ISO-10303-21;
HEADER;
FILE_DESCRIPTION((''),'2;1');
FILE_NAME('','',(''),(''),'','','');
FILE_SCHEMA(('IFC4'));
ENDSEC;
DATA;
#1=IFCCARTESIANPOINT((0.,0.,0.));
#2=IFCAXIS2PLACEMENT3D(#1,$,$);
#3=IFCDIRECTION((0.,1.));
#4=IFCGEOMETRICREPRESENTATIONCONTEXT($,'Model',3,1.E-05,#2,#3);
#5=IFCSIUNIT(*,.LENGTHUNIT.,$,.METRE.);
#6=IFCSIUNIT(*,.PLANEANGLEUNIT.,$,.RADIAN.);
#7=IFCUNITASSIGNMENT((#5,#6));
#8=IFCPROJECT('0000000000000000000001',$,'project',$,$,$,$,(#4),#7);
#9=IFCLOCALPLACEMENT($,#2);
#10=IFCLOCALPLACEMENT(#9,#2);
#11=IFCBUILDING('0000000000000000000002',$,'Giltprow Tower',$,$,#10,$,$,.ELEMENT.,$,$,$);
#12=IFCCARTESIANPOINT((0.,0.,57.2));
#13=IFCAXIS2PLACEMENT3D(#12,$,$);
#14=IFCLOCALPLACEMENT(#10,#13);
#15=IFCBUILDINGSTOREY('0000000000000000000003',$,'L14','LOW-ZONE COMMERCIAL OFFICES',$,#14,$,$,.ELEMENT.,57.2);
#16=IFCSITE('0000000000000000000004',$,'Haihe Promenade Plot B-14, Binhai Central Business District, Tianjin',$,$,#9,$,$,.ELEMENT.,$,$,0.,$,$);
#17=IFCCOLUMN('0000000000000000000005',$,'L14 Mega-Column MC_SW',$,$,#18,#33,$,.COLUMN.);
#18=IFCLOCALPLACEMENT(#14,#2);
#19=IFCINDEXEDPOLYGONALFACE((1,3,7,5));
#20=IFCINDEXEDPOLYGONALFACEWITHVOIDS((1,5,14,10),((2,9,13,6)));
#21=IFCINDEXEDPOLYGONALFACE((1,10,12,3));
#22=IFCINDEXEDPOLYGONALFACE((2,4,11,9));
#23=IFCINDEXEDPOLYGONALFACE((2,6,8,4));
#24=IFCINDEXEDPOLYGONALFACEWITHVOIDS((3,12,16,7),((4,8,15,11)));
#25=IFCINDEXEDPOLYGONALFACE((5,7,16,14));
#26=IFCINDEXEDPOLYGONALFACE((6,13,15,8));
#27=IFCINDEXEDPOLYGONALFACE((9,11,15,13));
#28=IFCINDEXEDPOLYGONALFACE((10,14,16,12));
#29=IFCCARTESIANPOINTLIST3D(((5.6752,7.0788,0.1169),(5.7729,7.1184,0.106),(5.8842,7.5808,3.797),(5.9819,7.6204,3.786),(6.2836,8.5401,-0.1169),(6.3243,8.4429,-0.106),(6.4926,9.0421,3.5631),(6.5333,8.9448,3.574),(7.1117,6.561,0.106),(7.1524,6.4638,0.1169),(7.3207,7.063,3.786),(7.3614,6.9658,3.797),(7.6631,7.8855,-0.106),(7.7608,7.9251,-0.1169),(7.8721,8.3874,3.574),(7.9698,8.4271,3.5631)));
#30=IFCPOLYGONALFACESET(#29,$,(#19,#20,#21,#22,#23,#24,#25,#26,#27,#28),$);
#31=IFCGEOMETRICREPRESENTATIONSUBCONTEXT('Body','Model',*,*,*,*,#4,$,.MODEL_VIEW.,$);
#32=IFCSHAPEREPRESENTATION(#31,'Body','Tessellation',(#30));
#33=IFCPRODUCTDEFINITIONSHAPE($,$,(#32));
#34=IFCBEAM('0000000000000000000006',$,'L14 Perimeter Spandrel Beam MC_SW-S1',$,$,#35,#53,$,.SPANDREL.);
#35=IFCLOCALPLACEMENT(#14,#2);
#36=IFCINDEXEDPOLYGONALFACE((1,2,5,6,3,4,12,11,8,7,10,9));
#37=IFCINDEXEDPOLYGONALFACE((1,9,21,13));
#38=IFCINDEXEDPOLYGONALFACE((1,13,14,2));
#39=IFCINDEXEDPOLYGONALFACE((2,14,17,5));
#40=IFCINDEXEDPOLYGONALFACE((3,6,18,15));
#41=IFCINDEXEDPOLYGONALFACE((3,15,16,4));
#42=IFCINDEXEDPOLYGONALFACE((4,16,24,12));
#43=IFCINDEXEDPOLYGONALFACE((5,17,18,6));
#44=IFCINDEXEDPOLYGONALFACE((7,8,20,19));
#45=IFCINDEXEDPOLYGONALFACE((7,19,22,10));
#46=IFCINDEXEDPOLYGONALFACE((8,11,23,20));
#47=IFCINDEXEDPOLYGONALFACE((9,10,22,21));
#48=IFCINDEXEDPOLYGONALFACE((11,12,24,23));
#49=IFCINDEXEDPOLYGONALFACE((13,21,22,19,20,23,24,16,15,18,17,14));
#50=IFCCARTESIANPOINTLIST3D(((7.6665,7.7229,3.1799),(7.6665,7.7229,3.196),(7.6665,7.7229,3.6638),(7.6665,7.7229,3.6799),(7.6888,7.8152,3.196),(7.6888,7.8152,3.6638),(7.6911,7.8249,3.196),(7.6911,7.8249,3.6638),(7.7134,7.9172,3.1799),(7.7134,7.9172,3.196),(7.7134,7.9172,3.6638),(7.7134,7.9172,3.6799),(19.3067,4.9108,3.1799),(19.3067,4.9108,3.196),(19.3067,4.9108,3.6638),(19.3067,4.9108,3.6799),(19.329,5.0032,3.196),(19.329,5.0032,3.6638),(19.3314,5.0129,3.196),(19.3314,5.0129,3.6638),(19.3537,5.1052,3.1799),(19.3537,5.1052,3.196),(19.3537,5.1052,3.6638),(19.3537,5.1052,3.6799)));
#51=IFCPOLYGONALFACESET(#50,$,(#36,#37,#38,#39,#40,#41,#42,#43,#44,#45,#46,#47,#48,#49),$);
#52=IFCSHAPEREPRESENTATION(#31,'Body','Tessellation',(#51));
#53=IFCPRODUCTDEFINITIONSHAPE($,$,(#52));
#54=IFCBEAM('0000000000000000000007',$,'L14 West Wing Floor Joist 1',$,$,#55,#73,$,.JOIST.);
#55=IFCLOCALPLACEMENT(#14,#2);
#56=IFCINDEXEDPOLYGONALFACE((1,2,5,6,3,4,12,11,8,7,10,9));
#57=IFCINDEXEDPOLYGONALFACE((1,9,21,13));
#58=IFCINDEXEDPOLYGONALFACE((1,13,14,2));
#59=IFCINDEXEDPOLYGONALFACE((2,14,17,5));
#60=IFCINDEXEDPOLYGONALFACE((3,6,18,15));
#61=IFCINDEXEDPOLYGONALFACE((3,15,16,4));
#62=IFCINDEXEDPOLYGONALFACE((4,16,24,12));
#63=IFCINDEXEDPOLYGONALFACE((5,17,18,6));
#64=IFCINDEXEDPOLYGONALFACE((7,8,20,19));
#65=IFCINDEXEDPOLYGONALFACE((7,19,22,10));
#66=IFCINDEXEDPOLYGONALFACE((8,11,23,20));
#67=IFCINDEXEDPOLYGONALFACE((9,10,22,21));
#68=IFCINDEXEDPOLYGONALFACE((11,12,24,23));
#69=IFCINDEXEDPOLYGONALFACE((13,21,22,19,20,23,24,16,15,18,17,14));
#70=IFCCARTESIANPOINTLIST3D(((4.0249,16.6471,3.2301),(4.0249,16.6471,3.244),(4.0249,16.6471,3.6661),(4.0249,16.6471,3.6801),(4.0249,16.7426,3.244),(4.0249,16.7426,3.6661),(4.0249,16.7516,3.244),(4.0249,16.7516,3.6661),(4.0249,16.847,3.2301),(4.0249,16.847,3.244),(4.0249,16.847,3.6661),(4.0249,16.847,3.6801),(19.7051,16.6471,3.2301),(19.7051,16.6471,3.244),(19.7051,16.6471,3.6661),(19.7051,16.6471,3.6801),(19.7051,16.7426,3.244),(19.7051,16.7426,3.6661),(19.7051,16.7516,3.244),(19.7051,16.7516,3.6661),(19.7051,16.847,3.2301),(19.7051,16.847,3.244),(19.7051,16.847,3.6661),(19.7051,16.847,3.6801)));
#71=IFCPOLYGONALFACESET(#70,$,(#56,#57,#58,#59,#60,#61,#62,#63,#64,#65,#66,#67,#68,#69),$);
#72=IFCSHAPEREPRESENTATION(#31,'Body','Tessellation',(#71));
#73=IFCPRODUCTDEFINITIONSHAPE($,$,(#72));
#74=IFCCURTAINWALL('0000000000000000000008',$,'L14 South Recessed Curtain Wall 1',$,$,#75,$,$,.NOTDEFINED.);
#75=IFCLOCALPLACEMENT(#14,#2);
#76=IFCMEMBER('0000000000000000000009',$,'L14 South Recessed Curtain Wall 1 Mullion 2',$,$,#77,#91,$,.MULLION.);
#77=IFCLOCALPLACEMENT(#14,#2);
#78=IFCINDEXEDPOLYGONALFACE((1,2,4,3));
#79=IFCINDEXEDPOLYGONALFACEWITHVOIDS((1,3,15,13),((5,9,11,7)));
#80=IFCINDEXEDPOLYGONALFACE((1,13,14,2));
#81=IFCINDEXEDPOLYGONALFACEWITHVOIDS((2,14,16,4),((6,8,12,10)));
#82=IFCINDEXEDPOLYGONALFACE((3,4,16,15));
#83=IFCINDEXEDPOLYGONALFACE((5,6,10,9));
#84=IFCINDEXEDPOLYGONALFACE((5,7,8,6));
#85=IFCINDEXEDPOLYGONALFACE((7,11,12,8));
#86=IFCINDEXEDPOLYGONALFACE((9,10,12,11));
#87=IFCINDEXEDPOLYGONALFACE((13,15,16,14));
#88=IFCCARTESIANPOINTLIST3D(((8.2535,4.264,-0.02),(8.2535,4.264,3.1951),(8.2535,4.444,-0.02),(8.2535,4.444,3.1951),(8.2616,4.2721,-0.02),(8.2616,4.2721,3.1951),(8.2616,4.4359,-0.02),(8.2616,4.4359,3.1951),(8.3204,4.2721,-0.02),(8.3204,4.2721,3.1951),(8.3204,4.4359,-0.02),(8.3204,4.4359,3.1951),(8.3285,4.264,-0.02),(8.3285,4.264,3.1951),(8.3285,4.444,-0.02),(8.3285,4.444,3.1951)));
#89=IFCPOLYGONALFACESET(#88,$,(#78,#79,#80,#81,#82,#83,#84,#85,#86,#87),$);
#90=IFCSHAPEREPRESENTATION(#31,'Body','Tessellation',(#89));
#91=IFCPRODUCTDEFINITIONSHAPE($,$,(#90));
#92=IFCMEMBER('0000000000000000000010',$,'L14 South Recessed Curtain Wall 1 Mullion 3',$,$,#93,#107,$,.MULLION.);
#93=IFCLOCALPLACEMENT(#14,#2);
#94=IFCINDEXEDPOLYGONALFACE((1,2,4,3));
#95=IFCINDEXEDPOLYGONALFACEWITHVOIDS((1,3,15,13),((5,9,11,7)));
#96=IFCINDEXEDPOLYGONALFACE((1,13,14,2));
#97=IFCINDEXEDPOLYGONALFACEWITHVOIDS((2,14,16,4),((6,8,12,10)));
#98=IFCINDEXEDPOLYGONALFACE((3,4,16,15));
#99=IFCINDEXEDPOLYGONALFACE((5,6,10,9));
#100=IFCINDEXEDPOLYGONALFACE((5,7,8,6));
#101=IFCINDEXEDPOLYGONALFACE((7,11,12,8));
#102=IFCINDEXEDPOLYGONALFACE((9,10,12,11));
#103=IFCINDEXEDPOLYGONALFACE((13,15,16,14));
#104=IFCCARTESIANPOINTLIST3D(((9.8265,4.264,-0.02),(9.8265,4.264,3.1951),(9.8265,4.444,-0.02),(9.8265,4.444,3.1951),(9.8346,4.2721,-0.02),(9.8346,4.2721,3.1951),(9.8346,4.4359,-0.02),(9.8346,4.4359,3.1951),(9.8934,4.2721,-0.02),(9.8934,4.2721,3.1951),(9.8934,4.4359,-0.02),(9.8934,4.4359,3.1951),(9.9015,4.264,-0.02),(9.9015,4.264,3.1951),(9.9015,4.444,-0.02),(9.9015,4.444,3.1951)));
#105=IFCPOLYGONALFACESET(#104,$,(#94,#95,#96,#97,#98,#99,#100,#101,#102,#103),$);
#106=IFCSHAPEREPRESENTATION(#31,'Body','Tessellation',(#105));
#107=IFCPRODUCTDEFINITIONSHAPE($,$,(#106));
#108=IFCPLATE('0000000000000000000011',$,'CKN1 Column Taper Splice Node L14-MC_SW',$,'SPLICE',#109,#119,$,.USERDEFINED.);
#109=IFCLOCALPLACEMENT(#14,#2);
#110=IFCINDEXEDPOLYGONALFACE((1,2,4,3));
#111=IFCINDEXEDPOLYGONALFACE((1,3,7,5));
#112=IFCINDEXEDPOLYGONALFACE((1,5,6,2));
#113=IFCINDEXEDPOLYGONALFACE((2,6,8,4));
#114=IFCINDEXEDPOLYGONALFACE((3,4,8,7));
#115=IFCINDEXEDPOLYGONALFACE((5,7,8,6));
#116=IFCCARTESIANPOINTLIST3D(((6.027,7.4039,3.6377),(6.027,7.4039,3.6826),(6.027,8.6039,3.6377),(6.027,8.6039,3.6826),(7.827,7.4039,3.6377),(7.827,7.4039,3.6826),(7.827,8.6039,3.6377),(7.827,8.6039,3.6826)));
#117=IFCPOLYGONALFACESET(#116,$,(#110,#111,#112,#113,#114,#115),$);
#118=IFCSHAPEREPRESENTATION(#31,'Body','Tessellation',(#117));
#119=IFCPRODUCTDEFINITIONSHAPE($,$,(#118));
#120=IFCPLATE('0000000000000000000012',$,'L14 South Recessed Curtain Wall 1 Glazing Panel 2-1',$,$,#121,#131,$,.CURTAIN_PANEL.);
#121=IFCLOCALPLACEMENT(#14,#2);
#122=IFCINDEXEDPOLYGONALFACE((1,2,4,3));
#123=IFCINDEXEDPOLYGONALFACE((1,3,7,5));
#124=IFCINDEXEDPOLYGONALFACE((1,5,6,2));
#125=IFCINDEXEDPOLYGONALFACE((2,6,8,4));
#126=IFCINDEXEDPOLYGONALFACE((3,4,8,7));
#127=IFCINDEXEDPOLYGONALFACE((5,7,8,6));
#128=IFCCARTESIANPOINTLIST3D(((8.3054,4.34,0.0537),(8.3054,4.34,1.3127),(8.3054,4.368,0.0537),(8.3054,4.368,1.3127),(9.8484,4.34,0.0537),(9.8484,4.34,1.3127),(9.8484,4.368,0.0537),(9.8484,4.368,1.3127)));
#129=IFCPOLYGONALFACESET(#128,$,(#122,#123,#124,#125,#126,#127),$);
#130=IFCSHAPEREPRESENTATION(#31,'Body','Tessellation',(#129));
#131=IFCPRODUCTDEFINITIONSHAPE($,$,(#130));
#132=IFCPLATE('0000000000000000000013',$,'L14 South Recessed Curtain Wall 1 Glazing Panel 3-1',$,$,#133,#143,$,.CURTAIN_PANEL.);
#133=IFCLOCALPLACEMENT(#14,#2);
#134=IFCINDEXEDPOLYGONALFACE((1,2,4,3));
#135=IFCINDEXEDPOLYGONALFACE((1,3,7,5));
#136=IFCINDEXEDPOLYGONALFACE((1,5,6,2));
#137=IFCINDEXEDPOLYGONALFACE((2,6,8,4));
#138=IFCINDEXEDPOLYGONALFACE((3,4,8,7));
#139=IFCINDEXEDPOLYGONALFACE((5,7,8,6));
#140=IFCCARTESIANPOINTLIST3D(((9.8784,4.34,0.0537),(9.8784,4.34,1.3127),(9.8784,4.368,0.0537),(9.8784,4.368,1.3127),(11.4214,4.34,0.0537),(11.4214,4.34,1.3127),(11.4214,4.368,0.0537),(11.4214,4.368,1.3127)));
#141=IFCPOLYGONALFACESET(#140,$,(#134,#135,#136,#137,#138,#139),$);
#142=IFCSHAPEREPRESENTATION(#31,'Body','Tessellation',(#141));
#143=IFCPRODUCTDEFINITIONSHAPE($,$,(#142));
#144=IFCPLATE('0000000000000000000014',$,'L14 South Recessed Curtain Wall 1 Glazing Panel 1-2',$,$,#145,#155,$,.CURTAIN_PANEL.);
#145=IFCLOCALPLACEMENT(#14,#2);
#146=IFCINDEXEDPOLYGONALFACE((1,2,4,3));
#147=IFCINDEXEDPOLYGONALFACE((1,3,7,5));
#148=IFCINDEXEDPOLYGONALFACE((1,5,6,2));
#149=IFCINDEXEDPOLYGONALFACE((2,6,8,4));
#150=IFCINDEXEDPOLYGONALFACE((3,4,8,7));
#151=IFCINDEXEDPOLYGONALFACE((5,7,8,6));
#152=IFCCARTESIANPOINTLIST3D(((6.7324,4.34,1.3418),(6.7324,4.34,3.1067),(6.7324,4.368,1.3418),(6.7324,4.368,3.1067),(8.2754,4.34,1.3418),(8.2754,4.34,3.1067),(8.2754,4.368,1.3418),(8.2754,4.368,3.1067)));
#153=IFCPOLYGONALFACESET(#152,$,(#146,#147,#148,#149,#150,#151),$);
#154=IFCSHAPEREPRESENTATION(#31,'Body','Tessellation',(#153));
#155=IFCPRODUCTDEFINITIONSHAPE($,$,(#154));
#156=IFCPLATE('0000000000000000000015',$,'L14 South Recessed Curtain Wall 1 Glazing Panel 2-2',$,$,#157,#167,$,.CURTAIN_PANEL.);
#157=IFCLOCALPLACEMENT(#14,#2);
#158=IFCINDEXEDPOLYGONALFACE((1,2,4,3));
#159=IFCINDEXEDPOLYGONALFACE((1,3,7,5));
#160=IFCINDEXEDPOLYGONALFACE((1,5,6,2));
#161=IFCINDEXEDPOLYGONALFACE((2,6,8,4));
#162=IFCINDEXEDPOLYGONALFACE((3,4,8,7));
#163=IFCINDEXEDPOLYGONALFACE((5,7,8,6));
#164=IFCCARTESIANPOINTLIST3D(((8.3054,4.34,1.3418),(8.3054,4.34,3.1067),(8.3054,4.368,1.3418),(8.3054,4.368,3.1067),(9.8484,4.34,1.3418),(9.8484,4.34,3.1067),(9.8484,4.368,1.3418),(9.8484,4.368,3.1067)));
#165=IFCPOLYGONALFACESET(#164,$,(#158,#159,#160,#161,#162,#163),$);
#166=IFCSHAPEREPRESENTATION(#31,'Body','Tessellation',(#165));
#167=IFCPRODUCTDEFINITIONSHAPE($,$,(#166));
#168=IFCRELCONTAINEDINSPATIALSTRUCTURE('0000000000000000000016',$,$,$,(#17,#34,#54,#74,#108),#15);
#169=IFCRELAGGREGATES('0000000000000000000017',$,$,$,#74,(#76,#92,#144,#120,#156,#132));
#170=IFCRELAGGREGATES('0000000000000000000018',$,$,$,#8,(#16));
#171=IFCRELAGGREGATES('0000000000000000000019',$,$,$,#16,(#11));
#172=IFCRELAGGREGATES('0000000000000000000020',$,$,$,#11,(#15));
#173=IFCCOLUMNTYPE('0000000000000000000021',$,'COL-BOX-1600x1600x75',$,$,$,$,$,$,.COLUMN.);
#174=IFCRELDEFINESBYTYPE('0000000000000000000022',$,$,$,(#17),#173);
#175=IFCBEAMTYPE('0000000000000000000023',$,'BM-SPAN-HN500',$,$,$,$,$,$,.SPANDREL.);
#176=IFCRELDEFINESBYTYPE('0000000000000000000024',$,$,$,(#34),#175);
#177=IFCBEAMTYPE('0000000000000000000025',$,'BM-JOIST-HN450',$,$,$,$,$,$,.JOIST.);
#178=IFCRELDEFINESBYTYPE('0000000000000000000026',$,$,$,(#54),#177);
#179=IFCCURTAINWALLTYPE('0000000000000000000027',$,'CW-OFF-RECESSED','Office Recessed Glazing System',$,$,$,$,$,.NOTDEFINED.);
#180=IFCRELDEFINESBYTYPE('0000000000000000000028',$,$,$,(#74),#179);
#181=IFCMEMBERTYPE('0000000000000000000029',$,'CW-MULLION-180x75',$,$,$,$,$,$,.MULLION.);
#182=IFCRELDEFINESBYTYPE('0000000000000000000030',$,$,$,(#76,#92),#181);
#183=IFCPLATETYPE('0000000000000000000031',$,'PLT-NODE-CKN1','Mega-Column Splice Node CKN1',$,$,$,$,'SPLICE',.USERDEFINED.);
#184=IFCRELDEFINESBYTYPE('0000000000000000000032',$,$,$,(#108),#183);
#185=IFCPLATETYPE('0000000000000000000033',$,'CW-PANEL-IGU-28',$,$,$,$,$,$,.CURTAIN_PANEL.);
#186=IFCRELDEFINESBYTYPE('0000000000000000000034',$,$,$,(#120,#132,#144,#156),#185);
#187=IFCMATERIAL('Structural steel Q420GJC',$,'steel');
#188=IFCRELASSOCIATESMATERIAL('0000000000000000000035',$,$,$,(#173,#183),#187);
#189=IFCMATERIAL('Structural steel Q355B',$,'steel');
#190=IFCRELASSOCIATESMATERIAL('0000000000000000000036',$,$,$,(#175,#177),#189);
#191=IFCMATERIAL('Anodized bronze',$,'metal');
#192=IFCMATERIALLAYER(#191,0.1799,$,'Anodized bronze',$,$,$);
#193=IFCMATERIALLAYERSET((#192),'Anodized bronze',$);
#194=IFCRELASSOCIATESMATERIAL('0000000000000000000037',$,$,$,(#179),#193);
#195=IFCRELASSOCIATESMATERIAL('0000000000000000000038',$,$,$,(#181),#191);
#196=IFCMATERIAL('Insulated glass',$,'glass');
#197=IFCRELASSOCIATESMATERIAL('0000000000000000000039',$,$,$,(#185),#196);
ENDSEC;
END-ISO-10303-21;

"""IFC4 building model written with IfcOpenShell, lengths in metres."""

from ifc_helpers import new_model, si_unit, direction, frame, origin, origin_2d, place, context, subcontext, project, spatial, rectangle, hollow_rectangle, i_section, extrude, source, transform, mapped, material, layer, layer_set, material_profile, profile_set, type_object, element, aggregate, save


model = new_model("IFC4")

# Units and contexts
model_context = context("Model", 3, precision=1e-05, world=origin(), true_north=direction((0.0, 1.0)))
body_context = subcontext(model_context, "Body", "Model", "MODEL_VIEW")
ifc_project = project(units=[si_unit("LENGTHUNIT", "METRE"), si_unit("PLANEANGLEUNIT", "RADIAN")], contexts=[model_context])

# Site, building, storey
site_placement = place(None, origin())
site = spatial("IfcSite", under=ifc_project, at=site_placement, Name="Haihe Promenade Plot B-14, Binhai Central Business District, Tianjin", CompositionType="ELEMENT", RefElevation=0.0)
building_placement = place(site_placement, origin())
building = spatial("IfcBuilding", under=site, at=building_placement, Name="Giltprow Tower", CompositionType="ELEMENT")
storey_placement = place(building_placement, frame((0.0, 0.0, 57.2)))
storey = spatial("IfcBuildingStorey", under=building, at=storey_placement, Name="L14", Description="LOW-ZONE COMMERCIAL OFFICES", CompositionType="ELEMENT", Elevation=57.2)

# Column
ifc_material_1 = material(Name="Structural steel Q420GJC", Category="steel")
ifc_material_profile_1 = material_profile(ifc_material_1, hollow_rectangle(XDim=1.6001, YDim=1.6001, WallThickness=0.075, at=origin_2d()), Name="BOX 1600x1600x75")
ifc_profile_set_1 = profile_set([ifc_material_profile_1], Name="Structural steel Q420GJC")
column_type = type_object("IfcColumnType", Name="COL-BOX-1600x1600x75", PredefinedType="COLUMN", material=ifc_profile_set_1)
shared_shape_1 = source(origin(), body_context, "Body", "SweptSolid", [
    extrude(hollow_rectangle(XDim=1.6001, YDim=1.6001, WallThickness=0.075, at=origin_2d()), origin(), (0.0, 0.0, 1.0), 3.72),
])
column_placement = place(storey_placement, frame((6.718, 7.502, 0.0), z_axis=(0.05618, 0.134938, 0.98926), x_axis=(-0.923183, 0.38436, 0.0)))
element("IfcColumn", 1, at=column_placement, inside=storey, type_object=column_type, Name="L14 Mega-Column MC_SW", PredefinedType="COLUMN", context=body_context, shape_type="MappedRepresentation", body=[
    mapped(shared_shape_1, transform((0.0, 0.0, 0.0), x_axis=(1.0, 0.0, 0.0), y_axis=(0.0, 1.0, 0.0), z_axis=(0.0, 0.0, 1.0), scale=1.0)),
])

# Beams
ifc_material_2 = material(Name="Structural steel Q355B", Category="steel")
ifc_material_profile_2 = material_profile(ifc_material_2, i_section(OverallWidth=0.2, OverallDepth=0.5, WebThickness=0.01, FlangeThickness=0.0161, at=origin_2d()), Name="HN 500x200x10x16")
ifc_profile_set_2 = profile_set([ifc_material_profile_2], Name="Structural steel Q355B")
beam_type_1 = type_object("IfcBeamType", Name="BM-SPAN-HN500", PredefinedType="SPANDREL", material=ifc_profile_set_2)
shared_shape_2 = source(origin(), body_context, "Body", "SweptSolid", [
    extrude(i_section(OverallWidth=0.2, OverallDepth=0.5, WebThickness=0.01, FlangeThickness=0.0161, at=origin_2d()), origin(), (0.0, 0.0, 1.0), 11.9751),
])
beam_1_placement = place(storey_placement, frame((7.6899, 7.8201, 3.4299), z_axis=(0.972038, -0.234824, 0.0), x_axis=(0.234824, 0.972038, 0.0)))
element("IfcBeam", 2, at=beam_1_placement, inside=storey, type_object=beam_type_1, Name="L14 Perimeter Spandrel Beam MC_SW-S1", PredefinedType="SPANDREL", context=body_context, shape_type="MappedRepresentation", body=[
    mapped(shared_shape_2, transform((0.0, 0.0, 0.0), x_axis=(1.0, 0.0, 0.0), y_axis=(0.0, 1.0, 0.0), z_axis=(0.0, 0.0, 1.0), scale=1.0)),
])
ifc_material_profile_3 = material_profile(ifc_material_2, i_section(OverallWidth=0.2, OverallDepth=0.45, WebThickness=0.009, FlangeThickness=0.0139, at=origin_2d()), Name="HN 450x200x9x14")
ifc_profile_set_3 = profile_set([ifc_material_profile_3], Name="Structural steel Q355B")
beam_type_2 = type_object("IfcBeamType", Name="BM-JOIST-HN450", PredefinedType="JOIST", material=ifc_profile_set_3)
shared_shape_3 = source(origin(), body_context, "Body", "SweptSolid", [
    extrude(i_section(OverallWidth=0.2, OverallDepth=0.45, WebThickness=0.009, FlangeThickness=0.0139, at=origin_2d()), origin(), (0.0, 0.0, 1.0), 15.6802),
])
beam_2_placement = place(storey_placement, frame((4.0249, 16.7471, 3.4551), z_axis=(1.0, 0.0, 0.0), x_axis=(0.0, 1.0, 0.0)))
element("IfcBeam", 3, at=beam_2_placement, inside=storey, type_object=beam_type_2, Name="L14 West Wing Floor Joist 1", PredefinedType="JOIST", context=body_context, shape_type="MappedRepresentation", body=[
    mapped(shared_shape_3, transform((0.0, 0.0, 0.0), x_axis=(1.0, 0.0, 0.0), y_axis=(0.0, 1.0, 0.0), z_axis=(0.0, 0.0, 1.0), scale=1.0)),
])

# Curtain wall, members
ifc_material_3 = material(Name="Anodized bronze", Category="metal")
ifc_layer_1 = layer(ifc_material_3, 0.1799, Name="Anodized bronze")
ifc_layer_set_1 = layer_set([ifc_layer_1], Name="Anodized bronze")
curtain_wall_type = type_object("IfcCurtainWallType", Name="CW-OFF-RECESSED", Description="Office Recessed Glazing System", PredefinedType="NOTDEFINED", material=ifc_layer_set_1)
curtain_wall_placement = place(storey_placement, origin())
curtain_wall = element("IfcCurtainWall", 4, at=curtain_wall_placement, inside=storey, type_object=curtain_wall_type, Name="L14 South Recessed Curtain Wall 1", PredefinedType="NOTDEFINED")
ifc_material_profile_4 = material_profile(ifc_material_3, hollow_rectangle(XDim=0.075, YDim=0.1799, WallThickness=0.0081, at=origin_2d()), Name="RHS 180x75x8")
ifc_profile_set_4 = profile_set([ifc_material_profile_4], Name="Anodized bronze")
member_type = type_object("IfcMemberType", Name="CW-MULLION-180x75", PredefinedType="MULLION", material=ifc_profile_set_4)
shared_shape_4 = source(origin(), body_context, "Body", "SweptSolid", [
    extrude(hollow_rectangle(XDim=0.075, YDim=0.1799, WallThickness=0.0081, at=origin_2d()), origin(), (0.0, 0.0, 1.0), 3.2151),
])
member_1_placement = place(storey_placement, frame((8.291, 4.354, -0.02), z_axis=(0.0, 0.0, 1.0), x_axis=(1.0, 0.0, 0.0)))
member_1 = element("IfcMember", 5, at=member_1_placement, type_object=member_type, Name="L14 South Recessed Curtain Wall 1 Mullion 2", PredefinedType="MULLION", context=body_context, shape_type="MappedRepresentation", body=[
    mapped(shared_shape_4, transform((0.0, 0.0, 0.0), x_axis=(1.0, 0.0, 0.0), y_axis=(0.0, 1.0, 0.0), z_axis=(0.0, 0.0, 1.0), scale=1.0)),
])
member_2_placement = place(storey_placement, frame((9.864, 4.354, -0.02), z_axis=(0.0, 0.0, 1.0), x_axis=(1.0, 0.0, 0.0)))
member_2 = element("IfcMember", 6, at=member_2_placement, type_object=member_type, Name="L14 South Recessed Curtain Wall 1 Mullion 3", PredefinedType="MULLION", context=body_context, shape_type="MappedRepresentation", body=[
    mapped(shared_shape_4, transform((0.0, 0.0, 0.0), x_axis=(1.0, 0.0, 0.0), y_axis=(0.0, 1.0, 0.0), z_axis=(0.0, 0.0, 1.0), scale=1.0)),
])

# Plates
plate_type_1 = type_object("IfcPlateType", Name="PLT-NODE-CKN1", Description="Mega-Column Splice Node CKN1", ElementType="SPLICE", PredefinedType="USERDEFINED", material=ifc_material_1)
shared_shape_5 = source(origin(), body_context, "Body", "SweptSolid", [
    extrude(rectangle(XDim=1.8, YDim=1.2, at=origin_2d()), origin(), (0.0, 0.0, 1.0), 0.0449),
])
plate_1_placement = place(storey_placement, frame((6.927, 8.0039, 3.6377), z_axis=(0.0, 0.0, 1.0), x_axis=(1.0, 0.0, 0.0)))
element("IfcPlate", 7, at=plate_1_placement, inside=storey, type_object=plate_type_1, Name="CKN1 Column Taper Splice Node L14-MC_SW", ObjectType="SPLICE", PredefinedType="USERDEFINED", context=body_context, shape_type="MappedRepresentation", body=[
    mapped(shared_shape_5, transform((0.0, 0.0, 0.0), x_axis=(1.0, 0.0, 0.0), y_axis=(0.0, 1.0, 0.0), z_axis=(0.0, 0.0, 1.0), scale=1.0)),
])
ifc_material_4 = material(Name="Insulated glass", Category="glass")
plate_type_2 = type_object("IfcPlateType", Name="CW-PANEL-IGU-28", PredefinedType="CURTAIN_PANEL", material=ifc_material_4)
shared_shape_6 = source(origin(), body_context, "Body", "SweptSolid", [
    extrude(rectangle(XDim=1.543, YDim=0.0281, at=origin_2d()), origin(), (0.0, 0.0, 1.0), 1.259),
])
plate_2_placement = place(storey_placement, frame((9.0769, 4.354, 0.0537), z_axis=(0.0, 0.0, 1.0), x_axis=(1.0, 0.0, 0.0)))
plate_2 = element("IfcPlate", 8, at=plate_2_placement, type_object=plate_type_2, Name="L14 South Recessed Curtain Wall 1 Glazing Panel 2-1", PredefinedType="CURTAIN_PANEL", context=body_context, shape_type="MappedRepresentation", body=[
    mapped(shared_shape_6, transform((0.0, 0.0, 0.0), x_axis=(1.0, 0.0, 0.0), y_axis=(0.0, 1.0, 0.0), z_axis=(0.0, 0.0, 1.0), scale=1.0)),
])
plate_3_placement = place(storey_placement, frame((10.6499, 4.354, 0.0537), z_axis=(0.0, 0.0, 1.0), x_axis=(1.0, 0.0, 0.0)))
plate_3 = element("IfcPlate", 9, at=plate_3_placement, type_object=plate_type_2, Name="L14 South Recessed Curtain Wall 1 Glazing Panel 3-1", PredefinedType="CURTAIN_PANEL", context=body_context, shape_type="MappedRepresentation", body=[
    mapped(shared_shape_6, transform((0.0, 0.0, 0.0), x_axis=(1.0, 0.0, 0.0), y_axis=(0.0, 1.0, 0.0), z_axis=(0.0, 0.0, 1.0), scale=1.0)),
])
shared_shape_7 = source(origin(), body_context, "Body", "SweptSolid", [
    extrude(rectangle(XDim=1.543, YDim=0.0281, at=origin_2d()), origin(), (0.0, 0.0, 1.0), 1.7649),
])
plate_4_placement = place(storey_placement, frame((7.5039, 4.354, 1.3418), z_axis=(0.0, 0.0, 1.0), x_axis=(1.0, 0.0, 0.0)))
plate_4 = element("IfcPlate", 10, at=plate_4_placement, type_object=plate_type_2, Name="L14 South Recessed Curtain Wall 1 Glazing Panel 1-2", PredefinedType="CURTAIN_PANEL", context=body_context, shape_type="MappedRepresentation", body=[
    mapped(shared_shape_7, transform((0.0, 0.0, 0.0), x_axis=(1.0, 0.0, 0.0), y_axis=(0.0, 1.0, 0.0), z_axis=(0.0, 0.0, 1.0), scale=1.0)),
])
plate_5_placement = place(storey_placement, frame((9.0769, 4.354, 1.3418), z_axis=(0.0, 0.0, 1.0), x_axis=(1.0, 0.0, 0.0)))
plate_5 = element("IfcPlate", 11, at=plate_5_placement, type_object=plate_type_2, Name="L14 South Recessed Curtain Wall 1 Glazing Panel 2-2", PredefinedType="CURTAIN_PANEL", context=body_context, shape_type="MappedRepresentation", body=[
    mapped(shared_shape_7, transform((0.0, 0.0, 0.0), x_axis=(1.0, 0.0, 0.0), y_axis=(0.0, 1.0, 0.0), z_axis=(0.0, 0.0, 1.0), scale=1.0)),
])
aggregate(curtain_wall, [member_1, member_2, plate_4, plate_2, plate_5, plate_3])

save(model, "model.ifc")
